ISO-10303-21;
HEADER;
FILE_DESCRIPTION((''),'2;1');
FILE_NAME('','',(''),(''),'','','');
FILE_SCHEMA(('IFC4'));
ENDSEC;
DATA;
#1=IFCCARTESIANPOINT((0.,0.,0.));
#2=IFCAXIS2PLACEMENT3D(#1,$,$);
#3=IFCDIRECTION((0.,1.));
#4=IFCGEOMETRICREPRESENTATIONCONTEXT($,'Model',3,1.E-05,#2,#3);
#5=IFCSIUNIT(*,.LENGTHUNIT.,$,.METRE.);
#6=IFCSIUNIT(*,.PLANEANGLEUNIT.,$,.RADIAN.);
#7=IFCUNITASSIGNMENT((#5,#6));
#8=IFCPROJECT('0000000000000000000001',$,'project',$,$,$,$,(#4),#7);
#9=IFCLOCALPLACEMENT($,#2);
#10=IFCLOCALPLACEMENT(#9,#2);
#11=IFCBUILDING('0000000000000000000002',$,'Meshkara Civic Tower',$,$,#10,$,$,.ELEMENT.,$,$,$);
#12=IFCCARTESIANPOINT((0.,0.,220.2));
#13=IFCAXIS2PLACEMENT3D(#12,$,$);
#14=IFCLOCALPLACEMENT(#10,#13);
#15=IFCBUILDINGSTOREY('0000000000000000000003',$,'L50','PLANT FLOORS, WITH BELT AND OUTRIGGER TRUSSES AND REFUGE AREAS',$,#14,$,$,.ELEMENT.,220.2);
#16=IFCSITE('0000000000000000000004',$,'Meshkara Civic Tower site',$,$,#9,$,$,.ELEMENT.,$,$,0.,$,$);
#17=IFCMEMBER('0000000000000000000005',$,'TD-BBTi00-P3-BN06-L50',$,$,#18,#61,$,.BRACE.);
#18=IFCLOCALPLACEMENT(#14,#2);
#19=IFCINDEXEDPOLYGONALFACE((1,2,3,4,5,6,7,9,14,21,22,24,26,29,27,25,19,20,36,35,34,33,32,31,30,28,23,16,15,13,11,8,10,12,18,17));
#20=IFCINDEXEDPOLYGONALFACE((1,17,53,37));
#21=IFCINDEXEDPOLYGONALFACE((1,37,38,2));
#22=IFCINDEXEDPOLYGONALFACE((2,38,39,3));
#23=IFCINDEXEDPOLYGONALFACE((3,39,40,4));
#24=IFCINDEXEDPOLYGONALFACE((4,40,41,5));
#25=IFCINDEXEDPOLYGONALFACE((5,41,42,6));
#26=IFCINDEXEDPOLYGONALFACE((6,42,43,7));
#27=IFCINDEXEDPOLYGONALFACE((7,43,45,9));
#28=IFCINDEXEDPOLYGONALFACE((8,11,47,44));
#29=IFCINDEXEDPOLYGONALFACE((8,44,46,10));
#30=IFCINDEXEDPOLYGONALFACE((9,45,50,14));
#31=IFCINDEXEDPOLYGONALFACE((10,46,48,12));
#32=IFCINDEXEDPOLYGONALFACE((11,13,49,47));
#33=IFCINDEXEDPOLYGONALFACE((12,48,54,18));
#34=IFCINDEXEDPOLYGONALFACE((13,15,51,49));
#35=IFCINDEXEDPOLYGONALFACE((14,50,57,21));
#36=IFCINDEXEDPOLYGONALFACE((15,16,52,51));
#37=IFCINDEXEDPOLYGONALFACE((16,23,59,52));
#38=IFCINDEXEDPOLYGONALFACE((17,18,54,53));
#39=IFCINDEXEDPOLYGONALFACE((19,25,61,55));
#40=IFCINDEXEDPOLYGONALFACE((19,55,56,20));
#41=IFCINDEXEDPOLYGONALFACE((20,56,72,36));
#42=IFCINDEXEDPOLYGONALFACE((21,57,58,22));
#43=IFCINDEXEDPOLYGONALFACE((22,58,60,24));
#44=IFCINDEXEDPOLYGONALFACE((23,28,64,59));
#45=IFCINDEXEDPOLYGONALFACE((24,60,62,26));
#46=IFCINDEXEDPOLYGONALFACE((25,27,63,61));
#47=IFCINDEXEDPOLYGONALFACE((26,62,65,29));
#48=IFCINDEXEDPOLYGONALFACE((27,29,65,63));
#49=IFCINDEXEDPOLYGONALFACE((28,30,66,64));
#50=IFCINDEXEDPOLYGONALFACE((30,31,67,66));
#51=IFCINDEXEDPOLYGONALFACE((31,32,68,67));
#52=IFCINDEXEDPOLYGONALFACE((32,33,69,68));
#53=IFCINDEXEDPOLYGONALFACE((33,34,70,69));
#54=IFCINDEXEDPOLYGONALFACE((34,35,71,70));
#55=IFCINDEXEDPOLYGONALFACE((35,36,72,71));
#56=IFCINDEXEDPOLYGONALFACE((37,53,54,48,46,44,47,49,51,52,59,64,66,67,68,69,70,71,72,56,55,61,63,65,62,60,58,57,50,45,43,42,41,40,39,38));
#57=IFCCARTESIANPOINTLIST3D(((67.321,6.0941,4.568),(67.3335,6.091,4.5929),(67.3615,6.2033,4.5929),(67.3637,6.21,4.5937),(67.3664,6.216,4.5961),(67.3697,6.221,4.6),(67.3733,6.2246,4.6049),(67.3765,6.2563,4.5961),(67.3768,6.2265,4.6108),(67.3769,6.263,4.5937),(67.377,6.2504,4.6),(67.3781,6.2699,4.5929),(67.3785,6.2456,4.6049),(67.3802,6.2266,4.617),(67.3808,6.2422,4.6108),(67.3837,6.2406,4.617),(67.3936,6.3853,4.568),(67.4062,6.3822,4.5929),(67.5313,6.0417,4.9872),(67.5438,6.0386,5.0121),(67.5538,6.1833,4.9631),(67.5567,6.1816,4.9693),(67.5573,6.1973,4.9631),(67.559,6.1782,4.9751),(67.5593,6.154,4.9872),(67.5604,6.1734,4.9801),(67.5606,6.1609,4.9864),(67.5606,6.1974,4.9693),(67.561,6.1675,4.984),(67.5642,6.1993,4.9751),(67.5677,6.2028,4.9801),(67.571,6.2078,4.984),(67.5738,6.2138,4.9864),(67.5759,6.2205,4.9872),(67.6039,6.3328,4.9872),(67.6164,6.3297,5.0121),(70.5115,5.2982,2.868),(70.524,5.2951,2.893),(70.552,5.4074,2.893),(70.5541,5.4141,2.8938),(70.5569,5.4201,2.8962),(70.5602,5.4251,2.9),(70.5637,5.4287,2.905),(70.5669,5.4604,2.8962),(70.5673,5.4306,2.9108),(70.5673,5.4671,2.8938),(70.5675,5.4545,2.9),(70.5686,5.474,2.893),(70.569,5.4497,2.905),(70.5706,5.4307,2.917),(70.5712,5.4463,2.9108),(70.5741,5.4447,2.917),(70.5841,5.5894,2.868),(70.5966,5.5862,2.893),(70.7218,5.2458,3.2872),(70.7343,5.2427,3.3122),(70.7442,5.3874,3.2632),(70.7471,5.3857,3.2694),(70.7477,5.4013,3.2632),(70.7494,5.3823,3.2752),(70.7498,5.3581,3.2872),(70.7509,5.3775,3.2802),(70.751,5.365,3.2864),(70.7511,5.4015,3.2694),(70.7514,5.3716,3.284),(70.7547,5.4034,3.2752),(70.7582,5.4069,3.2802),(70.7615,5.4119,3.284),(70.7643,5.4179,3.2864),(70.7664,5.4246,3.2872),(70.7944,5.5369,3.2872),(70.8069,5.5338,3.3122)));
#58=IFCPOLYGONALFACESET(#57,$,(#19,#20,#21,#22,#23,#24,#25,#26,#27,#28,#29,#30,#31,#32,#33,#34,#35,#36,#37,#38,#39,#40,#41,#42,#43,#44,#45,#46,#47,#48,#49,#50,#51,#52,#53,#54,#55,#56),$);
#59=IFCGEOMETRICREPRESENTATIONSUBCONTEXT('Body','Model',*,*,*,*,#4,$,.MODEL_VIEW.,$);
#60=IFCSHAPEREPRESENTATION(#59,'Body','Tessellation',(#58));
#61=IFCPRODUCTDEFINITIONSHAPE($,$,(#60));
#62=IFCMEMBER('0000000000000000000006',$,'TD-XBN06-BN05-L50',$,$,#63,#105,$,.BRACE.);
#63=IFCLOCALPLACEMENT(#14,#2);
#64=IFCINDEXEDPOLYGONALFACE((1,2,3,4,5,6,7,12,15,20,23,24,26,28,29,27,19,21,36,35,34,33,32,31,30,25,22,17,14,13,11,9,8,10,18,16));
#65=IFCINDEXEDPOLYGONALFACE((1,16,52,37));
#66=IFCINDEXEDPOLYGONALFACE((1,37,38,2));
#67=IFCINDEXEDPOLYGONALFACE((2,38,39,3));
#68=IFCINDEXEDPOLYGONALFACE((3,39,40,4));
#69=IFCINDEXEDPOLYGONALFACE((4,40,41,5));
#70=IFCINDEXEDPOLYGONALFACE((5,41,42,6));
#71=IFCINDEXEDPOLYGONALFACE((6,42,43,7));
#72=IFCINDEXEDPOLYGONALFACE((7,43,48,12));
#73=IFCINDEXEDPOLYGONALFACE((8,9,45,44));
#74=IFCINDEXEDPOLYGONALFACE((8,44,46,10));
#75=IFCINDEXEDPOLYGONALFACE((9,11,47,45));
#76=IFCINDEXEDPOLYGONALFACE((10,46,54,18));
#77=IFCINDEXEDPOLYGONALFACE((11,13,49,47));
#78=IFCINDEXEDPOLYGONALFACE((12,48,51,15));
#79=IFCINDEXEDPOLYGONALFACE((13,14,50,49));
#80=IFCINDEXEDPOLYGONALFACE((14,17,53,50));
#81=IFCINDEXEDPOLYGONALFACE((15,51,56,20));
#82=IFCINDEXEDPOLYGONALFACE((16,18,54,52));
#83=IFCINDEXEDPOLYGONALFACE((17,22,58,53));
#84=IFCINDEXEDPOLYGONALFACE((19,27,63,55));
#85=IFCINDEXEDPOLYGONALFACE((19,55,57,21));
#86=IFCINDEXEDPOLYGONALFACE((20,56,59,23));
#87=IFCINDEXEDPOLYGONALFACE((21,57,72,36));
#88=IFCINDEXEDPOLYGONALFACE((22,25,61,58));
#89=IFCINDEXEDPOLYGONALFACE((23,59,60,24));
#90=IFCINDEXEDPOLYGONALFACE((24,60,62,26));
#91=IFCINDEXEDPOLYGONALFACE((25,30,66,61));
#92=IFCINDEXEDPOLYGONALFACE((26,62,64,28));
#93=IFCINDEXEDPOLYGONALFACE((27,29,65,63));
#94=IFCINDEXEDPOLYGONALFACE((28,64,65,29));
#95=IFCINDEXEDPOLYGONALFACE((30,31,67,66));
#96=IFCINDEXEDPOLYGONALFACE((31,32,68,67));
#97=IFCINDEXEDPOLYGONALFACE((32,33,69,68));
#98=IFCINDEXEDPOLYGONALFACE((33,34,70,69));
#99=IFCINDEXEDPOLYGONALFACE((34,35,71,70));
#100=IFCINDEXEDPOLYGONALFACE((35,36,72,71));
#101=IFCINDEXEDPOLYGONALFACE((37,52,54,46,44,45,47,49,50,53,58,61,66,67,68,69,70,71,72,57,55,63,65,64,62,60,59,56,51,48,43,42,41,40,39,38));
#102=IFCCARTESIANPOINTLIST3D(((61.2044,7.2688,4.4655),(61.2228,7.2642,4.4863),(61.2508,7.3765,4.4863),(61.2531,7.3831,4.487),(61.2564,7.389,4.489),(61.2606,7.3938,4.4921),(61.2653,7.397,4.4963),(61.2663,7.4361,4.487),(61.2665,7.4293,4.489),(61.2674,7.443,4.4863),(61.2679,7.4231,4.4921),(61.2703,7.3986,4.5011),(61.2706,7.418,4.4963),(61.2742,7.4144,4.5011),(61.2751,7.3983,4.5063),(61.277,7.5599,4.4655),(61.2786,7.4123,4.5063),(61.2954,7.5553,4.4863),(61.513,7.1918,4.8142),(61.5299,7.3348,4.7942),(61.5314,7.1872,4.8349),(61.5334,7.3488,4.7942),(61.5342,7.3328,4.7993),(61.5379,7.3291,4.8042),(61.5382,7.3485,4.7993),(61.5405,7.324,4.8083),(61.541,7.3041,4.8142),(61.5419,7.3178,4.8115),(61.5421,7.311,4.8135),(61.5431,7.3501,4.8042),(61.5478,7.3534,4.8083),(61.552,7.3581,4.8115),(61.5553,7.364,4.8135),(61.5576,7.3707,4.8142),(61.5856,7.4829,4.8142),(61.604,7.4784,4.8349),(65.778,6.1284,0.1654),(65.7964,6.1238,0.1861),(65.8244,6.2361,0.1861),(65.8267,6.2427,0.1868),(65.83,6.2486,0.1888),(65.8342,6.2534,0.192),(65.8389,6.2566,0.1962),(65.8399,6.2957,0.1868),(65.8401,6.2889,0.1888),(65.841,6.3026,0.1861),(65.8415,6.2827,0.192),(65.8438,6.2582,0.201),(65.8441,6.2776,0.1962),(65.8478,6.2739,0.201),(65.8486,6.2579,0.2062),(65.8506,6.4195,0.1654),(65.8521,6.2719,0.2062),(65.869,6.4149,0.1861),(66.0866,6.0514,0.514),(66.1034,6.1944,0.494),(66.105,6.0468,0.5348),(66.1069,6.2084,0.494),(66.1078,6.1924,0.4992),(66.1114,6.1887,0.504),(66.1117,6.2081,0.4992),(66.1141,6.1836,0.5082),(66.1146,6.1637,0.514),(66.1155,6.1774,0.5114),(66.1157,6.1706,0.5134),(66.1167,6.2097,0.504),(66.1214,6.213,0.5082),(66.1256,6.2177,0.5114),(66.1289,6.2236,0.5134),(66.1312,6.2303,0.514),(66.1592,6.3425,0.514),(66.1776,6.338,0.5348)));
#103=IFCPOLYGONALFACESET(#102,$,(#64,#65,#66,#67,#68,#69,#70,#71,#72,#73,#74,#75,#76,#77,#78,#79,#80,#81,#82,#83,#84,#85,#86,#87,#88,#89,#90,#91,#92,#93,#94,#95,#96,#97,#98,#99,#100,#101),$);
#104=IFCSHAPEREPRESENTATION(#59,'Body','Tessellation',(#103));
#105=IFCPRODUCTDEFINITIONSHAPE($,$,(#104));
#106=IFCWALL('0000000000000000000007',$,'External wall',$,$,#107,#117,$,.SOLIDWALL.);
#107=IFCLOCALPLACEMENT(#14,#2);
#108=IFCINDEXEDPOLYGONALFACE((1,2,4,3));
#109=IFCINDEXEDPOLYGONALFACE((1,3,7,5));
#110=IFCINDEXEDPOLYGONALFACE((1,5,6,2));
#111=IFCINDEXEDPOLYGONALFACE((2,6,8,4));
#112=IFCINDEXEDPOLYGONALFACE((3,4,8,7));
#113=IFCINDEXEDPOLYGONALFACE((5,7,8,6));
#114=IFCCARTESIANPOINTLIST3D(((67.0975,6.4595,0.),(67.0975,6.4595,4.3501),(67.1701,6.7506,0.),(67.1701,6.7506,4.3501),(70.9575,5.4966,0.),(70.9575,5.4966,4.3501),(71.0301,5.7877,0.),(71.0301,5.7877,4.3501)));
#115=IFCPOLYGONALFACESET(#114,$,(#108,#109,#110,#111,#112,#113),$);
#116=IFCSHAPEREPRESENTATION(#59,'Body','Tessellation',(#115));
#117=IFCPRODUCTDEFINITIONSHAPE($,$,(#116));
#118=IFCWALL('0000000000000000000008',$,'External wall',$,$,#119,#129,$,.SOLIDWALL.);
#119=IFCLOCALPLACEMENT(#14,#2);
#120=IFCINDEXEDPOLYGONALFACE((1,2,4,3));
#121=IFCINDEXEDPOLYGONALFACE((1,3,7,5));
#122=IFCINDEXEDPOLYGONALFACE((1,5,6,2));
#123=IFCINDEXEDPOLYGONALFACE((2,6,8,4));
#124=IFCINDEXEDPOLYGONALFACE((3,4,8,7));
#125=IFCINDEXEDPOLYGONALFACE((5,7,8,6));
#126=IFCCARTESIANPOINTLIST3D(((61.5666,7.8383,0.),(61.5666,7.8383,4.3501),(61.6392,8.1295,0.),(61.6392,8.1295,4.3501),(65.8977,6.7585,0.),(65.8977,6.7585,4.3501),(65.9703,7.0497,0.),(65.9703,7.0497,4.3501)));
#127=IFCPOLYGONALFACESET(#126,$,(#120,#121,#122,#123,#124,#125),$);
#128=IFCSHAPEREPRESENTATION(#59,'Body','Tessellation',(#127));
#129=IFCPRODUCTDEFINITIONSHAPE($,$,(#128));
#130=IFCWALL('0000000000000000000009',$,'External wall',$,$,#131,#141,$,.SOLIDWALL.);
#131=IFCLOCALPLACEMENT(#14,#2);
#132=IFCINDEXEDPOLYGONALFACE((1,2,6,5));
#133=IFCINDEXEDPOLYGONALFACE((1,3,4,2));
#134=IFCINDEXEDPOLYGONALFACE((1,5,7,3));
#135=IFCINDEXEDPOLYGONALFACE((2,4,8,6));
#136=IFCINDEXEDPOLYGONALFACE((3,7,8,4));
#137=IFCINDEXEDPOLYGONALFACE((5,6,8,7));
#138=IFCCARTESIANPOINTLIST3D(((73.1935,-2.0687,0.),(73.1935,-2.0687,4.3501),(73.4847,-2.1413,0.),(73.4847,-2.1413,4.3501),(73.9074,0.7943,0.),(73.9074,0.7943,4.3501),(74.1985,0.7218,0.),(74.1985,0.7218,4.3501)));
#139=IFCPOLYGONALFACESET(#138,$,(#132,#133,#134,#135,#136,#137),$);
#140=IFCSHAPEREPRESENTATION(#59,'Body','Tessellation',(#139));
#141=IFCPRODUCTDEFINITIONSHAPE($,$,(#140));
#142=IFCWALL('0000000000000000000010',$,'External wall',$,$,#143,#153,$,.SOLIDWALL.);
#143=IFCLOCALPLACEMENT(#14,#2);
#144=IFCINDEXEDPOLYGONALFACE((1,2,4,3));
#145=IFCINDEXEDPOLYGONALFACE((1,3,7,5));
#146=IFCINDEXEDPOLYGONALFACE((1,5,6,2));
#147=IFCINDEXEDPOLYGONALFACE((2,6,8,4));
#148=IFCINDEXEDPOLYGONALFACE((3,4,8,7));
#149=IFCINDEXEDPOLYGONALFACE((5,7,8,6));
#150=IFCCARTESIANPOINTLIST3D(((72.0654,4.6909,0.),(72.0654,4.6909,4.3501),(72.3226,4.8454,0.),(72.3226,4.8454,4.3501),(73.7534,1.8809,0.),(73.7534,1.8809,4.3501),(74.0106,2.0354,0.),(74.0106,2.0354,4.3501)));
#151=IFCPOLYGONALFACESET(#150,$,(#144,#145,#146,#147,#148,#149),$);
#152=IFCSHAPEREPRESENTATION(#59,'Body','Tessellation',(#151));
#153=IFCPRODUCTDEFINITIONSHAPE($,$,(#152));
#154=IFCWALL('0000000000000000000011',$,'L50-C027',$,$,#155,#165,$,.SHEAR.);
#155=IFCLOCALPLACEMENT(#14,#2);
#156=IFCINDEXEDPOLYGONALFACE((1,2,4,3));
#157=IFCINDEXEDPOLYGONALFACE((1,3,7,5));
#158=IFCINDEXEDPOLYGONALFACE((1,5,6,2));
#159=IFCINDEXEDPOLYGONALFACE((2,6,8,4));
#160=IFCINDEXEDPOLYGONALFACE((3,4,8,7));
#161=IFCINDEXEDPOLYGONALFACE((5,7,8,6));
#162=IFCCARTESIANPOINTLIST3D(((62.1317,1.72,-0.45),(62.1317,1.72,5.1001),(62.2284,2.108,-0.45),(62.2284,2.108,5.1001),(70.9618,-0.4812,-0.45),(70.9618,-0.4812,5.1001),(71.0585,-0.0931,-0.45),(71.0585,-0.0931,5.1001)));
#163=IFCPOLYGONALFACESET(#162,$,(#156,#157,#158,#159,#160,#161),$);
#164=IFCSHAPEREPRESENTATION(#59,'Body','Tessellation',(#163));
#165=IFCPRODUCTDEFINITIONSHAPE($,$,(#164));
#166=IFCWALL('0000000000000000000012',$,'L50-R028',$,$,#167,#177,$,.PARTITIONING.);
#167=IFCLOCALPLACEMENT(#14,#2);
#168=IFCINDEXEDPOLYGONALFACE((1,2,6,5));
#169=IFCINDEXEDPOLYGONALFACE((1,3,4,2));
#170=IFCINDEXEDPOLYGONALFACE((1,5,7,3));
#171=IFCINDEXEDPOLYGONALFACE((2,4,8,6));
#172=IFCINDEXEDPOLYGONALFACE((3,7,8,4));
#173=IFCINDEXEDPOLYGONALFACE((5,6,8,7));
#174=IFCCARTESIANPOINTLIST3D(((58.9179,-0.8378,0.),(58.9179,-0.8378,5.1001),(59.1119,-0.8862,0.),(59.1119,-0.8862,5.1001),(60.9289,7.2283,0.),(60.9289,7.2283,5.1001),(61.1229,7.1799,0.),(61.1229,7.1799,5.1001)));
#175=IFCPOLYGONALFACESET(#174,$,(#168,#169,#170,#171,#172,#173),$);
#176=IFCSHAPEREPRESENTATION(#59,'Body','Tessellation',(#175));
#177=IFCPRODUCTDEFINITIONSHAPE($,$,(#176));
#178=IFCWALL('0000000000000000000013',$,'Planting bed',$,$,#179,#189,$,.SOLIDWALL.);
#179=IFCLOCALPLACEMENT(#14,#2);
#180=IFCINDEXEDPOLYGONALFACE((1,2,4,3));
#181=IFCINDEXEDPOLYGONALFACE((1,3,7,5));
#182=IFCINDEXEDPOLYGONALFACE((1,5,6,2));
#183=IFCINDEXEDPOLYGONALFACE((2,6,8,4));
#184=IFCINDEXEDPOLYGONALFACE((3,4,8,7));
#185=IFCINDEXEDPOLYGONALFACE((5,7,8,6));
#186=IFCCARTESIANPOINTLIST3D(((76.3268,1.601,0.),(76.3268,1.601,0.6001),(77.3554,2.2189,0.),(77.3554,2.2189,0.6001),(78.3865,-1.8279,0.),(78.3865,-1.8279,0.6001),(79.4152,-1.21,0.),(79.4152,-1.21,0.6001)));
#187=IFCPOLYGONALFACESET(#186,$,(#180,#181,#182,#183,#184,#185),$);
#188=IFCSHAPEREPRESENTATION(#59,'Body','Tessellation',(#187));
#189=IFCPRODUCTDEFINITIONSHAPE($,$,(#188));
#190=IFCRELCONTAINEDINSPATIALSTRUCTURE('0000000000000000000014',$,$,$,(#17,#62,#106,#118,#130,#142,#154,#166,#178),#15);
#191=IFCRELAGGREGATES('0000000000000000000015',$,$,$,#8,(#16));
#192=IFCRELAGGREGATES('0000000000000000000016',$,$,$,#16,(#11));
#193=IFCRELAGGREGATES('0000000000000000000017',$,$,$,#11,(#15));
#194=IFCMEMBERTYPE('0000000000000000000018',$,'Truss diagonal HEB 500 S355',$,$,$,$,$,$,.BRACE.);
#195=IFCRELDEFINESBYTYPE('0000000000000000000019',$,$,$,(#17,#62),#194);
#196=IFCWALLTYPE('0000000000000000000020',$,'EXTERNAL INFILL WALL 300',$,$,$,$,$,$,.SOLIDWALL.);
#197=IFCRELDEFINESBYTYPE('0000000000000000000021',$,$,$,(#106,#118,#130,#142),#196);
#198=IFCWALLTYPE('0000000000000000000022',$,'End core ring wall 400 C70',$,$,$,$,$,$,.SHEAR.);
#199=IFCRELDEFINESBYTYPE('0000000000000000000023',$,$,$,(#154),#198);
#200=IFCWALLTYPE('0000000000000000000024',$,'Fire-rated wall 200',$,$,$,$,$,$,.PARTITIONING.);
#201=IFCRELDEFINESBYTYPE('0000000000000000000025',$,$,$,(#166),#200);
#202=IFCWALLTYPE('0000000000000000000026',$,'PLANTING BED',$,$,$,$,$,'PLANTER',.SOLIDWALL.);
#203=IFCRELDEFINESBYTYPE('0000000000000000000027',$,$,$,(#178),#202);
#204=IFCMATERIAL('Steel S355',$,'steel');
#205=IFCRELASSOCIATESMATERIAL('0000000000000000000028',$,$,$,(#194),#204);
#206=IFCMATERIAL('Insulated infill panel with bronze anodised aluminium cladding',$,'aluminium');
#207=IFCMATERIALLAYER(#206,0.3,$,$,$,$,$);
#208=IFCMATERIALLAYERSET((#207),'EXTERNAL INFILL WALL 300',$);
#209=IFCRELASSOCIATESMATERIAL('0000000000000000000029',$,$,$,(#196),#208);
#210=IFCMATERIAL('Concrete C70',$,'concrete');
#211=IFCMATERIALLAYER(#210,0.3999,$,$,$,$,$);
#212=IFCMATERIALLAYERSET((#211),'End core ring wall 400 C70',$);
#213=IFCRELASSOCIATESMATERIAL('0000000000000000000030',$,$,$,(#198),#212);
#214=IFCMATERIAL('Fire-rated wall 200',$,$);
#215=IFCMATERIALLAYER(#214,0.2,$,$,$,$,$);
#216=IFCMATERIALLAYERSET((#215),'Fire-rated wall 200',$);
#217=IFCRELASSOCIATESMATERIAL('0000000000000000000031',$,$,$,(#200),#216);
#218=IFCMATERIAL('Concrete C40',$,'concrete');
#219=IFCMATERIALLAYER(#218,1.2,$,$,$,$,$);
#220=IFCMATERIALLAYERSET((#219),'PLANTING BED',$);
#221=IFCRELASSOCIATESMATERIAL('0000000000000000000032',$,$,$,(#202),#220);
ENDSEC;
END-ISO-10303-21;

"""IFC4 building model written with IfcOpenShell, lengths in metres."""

from ifc_helpers import new_model, si_unit, direction, frame, frame_2d, origin, origin_2d, place, context, subcontext, project, spatial, rectangle, i_section, extrude, material, layer, layer_set, material_profile, profile_set, type_object, element, save


model = new_model("IFC4")

# Units and contexts
model_context = context("Model", 3, precision=1e-05, world=origin(), true_north=direction((0.0, 1.0)))
body_context = subcontext(model_context, "Body", "Model", "MODEL_VIEW")
ifc_project = project(units=[si_unit("LENGTHUNIT", "METRE"), si_unit("PLANEANGLEUNIT", "RADIAN")], contexts=[model_context])

# Site, building, storey
site_placement = place(None, origin())
site = spatial("IfcSite", under=ifc_project, at=site_placement, Name="Meshkara Civic Tower site", CompositionType="ELEMENT", RefElevation=0.0)
building_placement = place(site_placement, origin())
building = spatial("IfcBuilding", under=site, at=building_placement, Name="Meshkara Civic Tower", CompositionType="ELEMENT")
storey_placement = place(building_placement, frame((0.0, 0.0, 220.2)))
storey = spatial("IfcBuildingStorey", under=building, at=storey_placement, Name="L50", Description="PLANT FLOORS, WITH BELT AND OUTRIGGER TRUSSES AND REFUGE AREAS", CompositionType="ELEMENT", Elevation=220.2)

# Members
ifc_material_1 = material(Name="Steel S355", Category="steel")
ifc_material_profile_1 = material_profile(ifc_material_1, i_section(OverallWidth=0.3, OverallDepth=0.5, WebThickness=0.0144, FlangeThickness=0.0281, FilletRadius=0.0271, at=origin_2d()))
ifc_profile_set_1 = profile_set([ifc_material_profile_1], Name="Steel S355")
member_type = type_object("IfcMemberType", Name="Truss diagonal HEB 500 S355", PredefinedType="BRACE", material=ifc_profile_set_1)
member_1_placement = place(storey_placement, frame((70.6592, 5.416, 3.0901), z_axis=(-0.861897, 0.215012, 0.459243), x_axis=(-0.242046, -0.970265, 0.0)))
element("IfcMember", 1, at=member_1_placement, inside=storey, type_object=member_type, Name="TD-BBTi00-P3-BN06-L50", PredefinedType="BRACE", context=body_context, shape_type="SweptSolid", body=[
    extrude(i_section(OverallWidth=0.3, OverallDepth=0.5, WebThickness=0.0144, FlangeThickness=0.0281, FilletRadius=0.0271, at=origin_2d()), origin(), (0.0, 0.0, 1.0), 3.7017),
])
member_2_placement = place(storey_placement, frame((65.9778, 6.2332, 0.3501), z_axis=(-0.716819, 0.178736, 0.673962), x_axis=(-0.241938, -0.970292, 0.0)))
element("IfcMember", 2, at=member_2_placement, inside=storey, type_object=member_type, Name="TD-XBN06-BN05-L50", PredefinedType="BRACE", context=body_context, shape_type="SweptSolid", body=[
    extrude(i_section(OverallWidth=0.3, OverallDepth=0.5, WebThickness=0.0144, FlangeThickness=0.0281, FilletRadius=0.0271, at=origin_2d()), origin(), (0.0, 0.0, 1.0), 6.3804),
])

# Walls
ifc_material_2 = material(Name="Insulated infill panel with bronze anodised aluminium cladding", Category="aluminium")
ifc_layer_1 = layer(ifc_material_2, 0.3)
ifc_layer_set_1 = layer_set([ifc_layer_1], Name="EXTERNAL INFILL WALL 300")
wall_type_1 = type_object("IfcWallType", Name="EXTERNAL INFILL WALL 300", PredefinedType="SOLIDWALL", material=ifc_layer_set_1)
wall_1_placement = place(storey_placement, frame((70.9939, 5.6421, 0.0), z_axis=(0.0, 0.0, 1.0), x_axis=(-0.970265, 0.242045, 0.0)))
element("IfcWall", 3, at=wall_1_placement, inside=storey, type_object=wall_type_1, Name="External wall", PredefinedType="SOLIDWALL", context=body_context, shape_type="SweptSolid", body=[
    extrude(rectangle(XDim=3.9783, YDim=0.3, at=frame_2d((1.9893, 0.0))), origin(), (0.0, 0.0, 1.0), 4.3501),
])
wall_2_placement = place(storey_placement, frame((65.9341, 6.9041, 0.0), z_axis=(0.0, 0.0, 1.0), x_axis=(-0.970297, 0.241918, 0.0)))
element("IfcWall", 4, at=wall_2_placement, inside=storey, type_object=wall_type_1, Name="External wall", PredefinedType="SOLIDWALL", context=body_context, shape_type="SweptSolid", body=[
    extrude(rectangle(XDim=4.4636, YDim=0.3, at=frame_2d((2.2319, 0.0))), origin(), (0.0, 0.0, 1.0), 4.3501),
])
wall_3_placement = place(storey_placement, frame((73.3391, -2.105, 0.0), z_axis=(0.0, 0.0, 1.0), x_axis=(0.241932, 0.970293, 0.0)))
element("IfcWall", 5, at=wall_3_placement, inside=storey, type_object=wall_type_1, Name="External wall", PredefinedType="SOLIDWALL", context=body_context, shape_type="SweptSolid", body=[
    extrude(rectangle(XDim=2.9507, YDim=0.3, at=frame_2d((1.4753, 0.0))), origin(), (0.0, 0.0, 1.0), 4.3501),
])
wall_4_placement = place(storey_placement, frame((73.8821, 1.958, 0.0), z_axis=(0.0, 0.0, 1.0), x_axis=(-0.514934, 0.85723, 0.0)))
element("IfcWall", 6, at=wall_4_placement, inside=storey, type_object=wall_type_1, Name="External wall", PredefinedType="SOLIDWALL", context=body_context, shape_type="SweptSolid", body=[
    extrude(rectangle(XDim=3.2781, YDim=0.3, at=frame_2d((1.6392, 0.0))), origin(), (0.0, 0.0, 1.0), 4.3501),
])
ifc_material_3 = material(Name="Concrete C70", Category="concrete")
ifc_layer_2 = layer(ifc_material_3, 0.3999)
ifc_layer_set_2 = layer_set([ifc_layer_2], Name="End core ring wall 400 C70")
wall_type_2 = type_object("IfcWallType", Name="End core ring wall 400 C70", PredefinedType="SHEAR", material=ifc_layer_set_2)
wall_5_placement = place(storey_placement, frame((62.1799, 1.9141, -0.45), z_axis=(0.0, 0.0, 1.0), x_axis=(0.970306, -0.241879, 0.0)))
element("IfcWall", 7, at=wall_5_placement, inside=storey, type_object=wall_type_2, Name="L50-C027", PredefinedType="SHEAR", context=body_context, shape_type="SweptSolid", body=[
    extrude(rectangle(XDim=9.1003, YDim=0.3999, at=frame_2d((4.5503, 0.0))), origin(), (0.0, 0.0, 1.0), 5.55),
])
ifc_material_4 = material(Name="Fire-rated wall 200")
ifc_layer_3 = layer(ifc_material_4, 0.2)
ifc_layer_set_3 = layer_set([ifc_layer_3], Name="Fire-rated wall 200")
wall_type_3 = type_object("IfcWallType", Name="Fire-rated wall 200", PredefinedType="PARTITIONING", material=ifc_layer_set_3)
wall_6_placement = place(storey_placement, frame((61.0259, 7.2041, 0.0), z_axis=(0.0, 0.0, 1.0), x_axis=(-0.241907, -0.9703, 0.0)))
element("IfcWall", 8, at=wall_6_placement, inside=storey, type_object=wall_type_3, Name="L50-R028", PredefinedType="PARTITIONING", context=body_context, shape_type="SweptSolid", body=[
    extrude(rectangle(XDim=8.313, YDim=0.2, at=frame_2d((4.1565, 0.0))), origin(), (0.0, 0.0, 1.0), 5.1001),
])
ifc_material_5 = material(Name="Concrete C40", Category="concrete")
ifc_layer_4 = layer(ifc_material_5, 1.2)
ifc_layer_set_4 = layer_set([ifc_layer_4], Name="PLANTING BED")
wall_type_4 = type_object("IfcWallType", Name="PLANTING BED", ElementType="PLANTER", PredefinedType="SOLIDWALL", material=ifc_layer_set_4)
wall_7_placement = place(storey_placement, frame((76.8411, 1.9099, 0.0), z_axis=(0.0, 0.0, 1.0), x_axis=(0.514944, -0.857224, 0.0)))
element("IfcWall", 9, at=wall_7_placement, inside=storey, type_object=wall_type_4, Name="Planting bed", PredefinedType="SOLIDWALL", context=body_context, shape_type="SweptSolid", body=[
    extrude(rectangle(XDim=4.0, YDim=1.2, at=frame_2d((2.0, 0.0))), origin(), (0.0, 0.0, 1.0), 0.6001),
])

save(model, "model.ifc")
